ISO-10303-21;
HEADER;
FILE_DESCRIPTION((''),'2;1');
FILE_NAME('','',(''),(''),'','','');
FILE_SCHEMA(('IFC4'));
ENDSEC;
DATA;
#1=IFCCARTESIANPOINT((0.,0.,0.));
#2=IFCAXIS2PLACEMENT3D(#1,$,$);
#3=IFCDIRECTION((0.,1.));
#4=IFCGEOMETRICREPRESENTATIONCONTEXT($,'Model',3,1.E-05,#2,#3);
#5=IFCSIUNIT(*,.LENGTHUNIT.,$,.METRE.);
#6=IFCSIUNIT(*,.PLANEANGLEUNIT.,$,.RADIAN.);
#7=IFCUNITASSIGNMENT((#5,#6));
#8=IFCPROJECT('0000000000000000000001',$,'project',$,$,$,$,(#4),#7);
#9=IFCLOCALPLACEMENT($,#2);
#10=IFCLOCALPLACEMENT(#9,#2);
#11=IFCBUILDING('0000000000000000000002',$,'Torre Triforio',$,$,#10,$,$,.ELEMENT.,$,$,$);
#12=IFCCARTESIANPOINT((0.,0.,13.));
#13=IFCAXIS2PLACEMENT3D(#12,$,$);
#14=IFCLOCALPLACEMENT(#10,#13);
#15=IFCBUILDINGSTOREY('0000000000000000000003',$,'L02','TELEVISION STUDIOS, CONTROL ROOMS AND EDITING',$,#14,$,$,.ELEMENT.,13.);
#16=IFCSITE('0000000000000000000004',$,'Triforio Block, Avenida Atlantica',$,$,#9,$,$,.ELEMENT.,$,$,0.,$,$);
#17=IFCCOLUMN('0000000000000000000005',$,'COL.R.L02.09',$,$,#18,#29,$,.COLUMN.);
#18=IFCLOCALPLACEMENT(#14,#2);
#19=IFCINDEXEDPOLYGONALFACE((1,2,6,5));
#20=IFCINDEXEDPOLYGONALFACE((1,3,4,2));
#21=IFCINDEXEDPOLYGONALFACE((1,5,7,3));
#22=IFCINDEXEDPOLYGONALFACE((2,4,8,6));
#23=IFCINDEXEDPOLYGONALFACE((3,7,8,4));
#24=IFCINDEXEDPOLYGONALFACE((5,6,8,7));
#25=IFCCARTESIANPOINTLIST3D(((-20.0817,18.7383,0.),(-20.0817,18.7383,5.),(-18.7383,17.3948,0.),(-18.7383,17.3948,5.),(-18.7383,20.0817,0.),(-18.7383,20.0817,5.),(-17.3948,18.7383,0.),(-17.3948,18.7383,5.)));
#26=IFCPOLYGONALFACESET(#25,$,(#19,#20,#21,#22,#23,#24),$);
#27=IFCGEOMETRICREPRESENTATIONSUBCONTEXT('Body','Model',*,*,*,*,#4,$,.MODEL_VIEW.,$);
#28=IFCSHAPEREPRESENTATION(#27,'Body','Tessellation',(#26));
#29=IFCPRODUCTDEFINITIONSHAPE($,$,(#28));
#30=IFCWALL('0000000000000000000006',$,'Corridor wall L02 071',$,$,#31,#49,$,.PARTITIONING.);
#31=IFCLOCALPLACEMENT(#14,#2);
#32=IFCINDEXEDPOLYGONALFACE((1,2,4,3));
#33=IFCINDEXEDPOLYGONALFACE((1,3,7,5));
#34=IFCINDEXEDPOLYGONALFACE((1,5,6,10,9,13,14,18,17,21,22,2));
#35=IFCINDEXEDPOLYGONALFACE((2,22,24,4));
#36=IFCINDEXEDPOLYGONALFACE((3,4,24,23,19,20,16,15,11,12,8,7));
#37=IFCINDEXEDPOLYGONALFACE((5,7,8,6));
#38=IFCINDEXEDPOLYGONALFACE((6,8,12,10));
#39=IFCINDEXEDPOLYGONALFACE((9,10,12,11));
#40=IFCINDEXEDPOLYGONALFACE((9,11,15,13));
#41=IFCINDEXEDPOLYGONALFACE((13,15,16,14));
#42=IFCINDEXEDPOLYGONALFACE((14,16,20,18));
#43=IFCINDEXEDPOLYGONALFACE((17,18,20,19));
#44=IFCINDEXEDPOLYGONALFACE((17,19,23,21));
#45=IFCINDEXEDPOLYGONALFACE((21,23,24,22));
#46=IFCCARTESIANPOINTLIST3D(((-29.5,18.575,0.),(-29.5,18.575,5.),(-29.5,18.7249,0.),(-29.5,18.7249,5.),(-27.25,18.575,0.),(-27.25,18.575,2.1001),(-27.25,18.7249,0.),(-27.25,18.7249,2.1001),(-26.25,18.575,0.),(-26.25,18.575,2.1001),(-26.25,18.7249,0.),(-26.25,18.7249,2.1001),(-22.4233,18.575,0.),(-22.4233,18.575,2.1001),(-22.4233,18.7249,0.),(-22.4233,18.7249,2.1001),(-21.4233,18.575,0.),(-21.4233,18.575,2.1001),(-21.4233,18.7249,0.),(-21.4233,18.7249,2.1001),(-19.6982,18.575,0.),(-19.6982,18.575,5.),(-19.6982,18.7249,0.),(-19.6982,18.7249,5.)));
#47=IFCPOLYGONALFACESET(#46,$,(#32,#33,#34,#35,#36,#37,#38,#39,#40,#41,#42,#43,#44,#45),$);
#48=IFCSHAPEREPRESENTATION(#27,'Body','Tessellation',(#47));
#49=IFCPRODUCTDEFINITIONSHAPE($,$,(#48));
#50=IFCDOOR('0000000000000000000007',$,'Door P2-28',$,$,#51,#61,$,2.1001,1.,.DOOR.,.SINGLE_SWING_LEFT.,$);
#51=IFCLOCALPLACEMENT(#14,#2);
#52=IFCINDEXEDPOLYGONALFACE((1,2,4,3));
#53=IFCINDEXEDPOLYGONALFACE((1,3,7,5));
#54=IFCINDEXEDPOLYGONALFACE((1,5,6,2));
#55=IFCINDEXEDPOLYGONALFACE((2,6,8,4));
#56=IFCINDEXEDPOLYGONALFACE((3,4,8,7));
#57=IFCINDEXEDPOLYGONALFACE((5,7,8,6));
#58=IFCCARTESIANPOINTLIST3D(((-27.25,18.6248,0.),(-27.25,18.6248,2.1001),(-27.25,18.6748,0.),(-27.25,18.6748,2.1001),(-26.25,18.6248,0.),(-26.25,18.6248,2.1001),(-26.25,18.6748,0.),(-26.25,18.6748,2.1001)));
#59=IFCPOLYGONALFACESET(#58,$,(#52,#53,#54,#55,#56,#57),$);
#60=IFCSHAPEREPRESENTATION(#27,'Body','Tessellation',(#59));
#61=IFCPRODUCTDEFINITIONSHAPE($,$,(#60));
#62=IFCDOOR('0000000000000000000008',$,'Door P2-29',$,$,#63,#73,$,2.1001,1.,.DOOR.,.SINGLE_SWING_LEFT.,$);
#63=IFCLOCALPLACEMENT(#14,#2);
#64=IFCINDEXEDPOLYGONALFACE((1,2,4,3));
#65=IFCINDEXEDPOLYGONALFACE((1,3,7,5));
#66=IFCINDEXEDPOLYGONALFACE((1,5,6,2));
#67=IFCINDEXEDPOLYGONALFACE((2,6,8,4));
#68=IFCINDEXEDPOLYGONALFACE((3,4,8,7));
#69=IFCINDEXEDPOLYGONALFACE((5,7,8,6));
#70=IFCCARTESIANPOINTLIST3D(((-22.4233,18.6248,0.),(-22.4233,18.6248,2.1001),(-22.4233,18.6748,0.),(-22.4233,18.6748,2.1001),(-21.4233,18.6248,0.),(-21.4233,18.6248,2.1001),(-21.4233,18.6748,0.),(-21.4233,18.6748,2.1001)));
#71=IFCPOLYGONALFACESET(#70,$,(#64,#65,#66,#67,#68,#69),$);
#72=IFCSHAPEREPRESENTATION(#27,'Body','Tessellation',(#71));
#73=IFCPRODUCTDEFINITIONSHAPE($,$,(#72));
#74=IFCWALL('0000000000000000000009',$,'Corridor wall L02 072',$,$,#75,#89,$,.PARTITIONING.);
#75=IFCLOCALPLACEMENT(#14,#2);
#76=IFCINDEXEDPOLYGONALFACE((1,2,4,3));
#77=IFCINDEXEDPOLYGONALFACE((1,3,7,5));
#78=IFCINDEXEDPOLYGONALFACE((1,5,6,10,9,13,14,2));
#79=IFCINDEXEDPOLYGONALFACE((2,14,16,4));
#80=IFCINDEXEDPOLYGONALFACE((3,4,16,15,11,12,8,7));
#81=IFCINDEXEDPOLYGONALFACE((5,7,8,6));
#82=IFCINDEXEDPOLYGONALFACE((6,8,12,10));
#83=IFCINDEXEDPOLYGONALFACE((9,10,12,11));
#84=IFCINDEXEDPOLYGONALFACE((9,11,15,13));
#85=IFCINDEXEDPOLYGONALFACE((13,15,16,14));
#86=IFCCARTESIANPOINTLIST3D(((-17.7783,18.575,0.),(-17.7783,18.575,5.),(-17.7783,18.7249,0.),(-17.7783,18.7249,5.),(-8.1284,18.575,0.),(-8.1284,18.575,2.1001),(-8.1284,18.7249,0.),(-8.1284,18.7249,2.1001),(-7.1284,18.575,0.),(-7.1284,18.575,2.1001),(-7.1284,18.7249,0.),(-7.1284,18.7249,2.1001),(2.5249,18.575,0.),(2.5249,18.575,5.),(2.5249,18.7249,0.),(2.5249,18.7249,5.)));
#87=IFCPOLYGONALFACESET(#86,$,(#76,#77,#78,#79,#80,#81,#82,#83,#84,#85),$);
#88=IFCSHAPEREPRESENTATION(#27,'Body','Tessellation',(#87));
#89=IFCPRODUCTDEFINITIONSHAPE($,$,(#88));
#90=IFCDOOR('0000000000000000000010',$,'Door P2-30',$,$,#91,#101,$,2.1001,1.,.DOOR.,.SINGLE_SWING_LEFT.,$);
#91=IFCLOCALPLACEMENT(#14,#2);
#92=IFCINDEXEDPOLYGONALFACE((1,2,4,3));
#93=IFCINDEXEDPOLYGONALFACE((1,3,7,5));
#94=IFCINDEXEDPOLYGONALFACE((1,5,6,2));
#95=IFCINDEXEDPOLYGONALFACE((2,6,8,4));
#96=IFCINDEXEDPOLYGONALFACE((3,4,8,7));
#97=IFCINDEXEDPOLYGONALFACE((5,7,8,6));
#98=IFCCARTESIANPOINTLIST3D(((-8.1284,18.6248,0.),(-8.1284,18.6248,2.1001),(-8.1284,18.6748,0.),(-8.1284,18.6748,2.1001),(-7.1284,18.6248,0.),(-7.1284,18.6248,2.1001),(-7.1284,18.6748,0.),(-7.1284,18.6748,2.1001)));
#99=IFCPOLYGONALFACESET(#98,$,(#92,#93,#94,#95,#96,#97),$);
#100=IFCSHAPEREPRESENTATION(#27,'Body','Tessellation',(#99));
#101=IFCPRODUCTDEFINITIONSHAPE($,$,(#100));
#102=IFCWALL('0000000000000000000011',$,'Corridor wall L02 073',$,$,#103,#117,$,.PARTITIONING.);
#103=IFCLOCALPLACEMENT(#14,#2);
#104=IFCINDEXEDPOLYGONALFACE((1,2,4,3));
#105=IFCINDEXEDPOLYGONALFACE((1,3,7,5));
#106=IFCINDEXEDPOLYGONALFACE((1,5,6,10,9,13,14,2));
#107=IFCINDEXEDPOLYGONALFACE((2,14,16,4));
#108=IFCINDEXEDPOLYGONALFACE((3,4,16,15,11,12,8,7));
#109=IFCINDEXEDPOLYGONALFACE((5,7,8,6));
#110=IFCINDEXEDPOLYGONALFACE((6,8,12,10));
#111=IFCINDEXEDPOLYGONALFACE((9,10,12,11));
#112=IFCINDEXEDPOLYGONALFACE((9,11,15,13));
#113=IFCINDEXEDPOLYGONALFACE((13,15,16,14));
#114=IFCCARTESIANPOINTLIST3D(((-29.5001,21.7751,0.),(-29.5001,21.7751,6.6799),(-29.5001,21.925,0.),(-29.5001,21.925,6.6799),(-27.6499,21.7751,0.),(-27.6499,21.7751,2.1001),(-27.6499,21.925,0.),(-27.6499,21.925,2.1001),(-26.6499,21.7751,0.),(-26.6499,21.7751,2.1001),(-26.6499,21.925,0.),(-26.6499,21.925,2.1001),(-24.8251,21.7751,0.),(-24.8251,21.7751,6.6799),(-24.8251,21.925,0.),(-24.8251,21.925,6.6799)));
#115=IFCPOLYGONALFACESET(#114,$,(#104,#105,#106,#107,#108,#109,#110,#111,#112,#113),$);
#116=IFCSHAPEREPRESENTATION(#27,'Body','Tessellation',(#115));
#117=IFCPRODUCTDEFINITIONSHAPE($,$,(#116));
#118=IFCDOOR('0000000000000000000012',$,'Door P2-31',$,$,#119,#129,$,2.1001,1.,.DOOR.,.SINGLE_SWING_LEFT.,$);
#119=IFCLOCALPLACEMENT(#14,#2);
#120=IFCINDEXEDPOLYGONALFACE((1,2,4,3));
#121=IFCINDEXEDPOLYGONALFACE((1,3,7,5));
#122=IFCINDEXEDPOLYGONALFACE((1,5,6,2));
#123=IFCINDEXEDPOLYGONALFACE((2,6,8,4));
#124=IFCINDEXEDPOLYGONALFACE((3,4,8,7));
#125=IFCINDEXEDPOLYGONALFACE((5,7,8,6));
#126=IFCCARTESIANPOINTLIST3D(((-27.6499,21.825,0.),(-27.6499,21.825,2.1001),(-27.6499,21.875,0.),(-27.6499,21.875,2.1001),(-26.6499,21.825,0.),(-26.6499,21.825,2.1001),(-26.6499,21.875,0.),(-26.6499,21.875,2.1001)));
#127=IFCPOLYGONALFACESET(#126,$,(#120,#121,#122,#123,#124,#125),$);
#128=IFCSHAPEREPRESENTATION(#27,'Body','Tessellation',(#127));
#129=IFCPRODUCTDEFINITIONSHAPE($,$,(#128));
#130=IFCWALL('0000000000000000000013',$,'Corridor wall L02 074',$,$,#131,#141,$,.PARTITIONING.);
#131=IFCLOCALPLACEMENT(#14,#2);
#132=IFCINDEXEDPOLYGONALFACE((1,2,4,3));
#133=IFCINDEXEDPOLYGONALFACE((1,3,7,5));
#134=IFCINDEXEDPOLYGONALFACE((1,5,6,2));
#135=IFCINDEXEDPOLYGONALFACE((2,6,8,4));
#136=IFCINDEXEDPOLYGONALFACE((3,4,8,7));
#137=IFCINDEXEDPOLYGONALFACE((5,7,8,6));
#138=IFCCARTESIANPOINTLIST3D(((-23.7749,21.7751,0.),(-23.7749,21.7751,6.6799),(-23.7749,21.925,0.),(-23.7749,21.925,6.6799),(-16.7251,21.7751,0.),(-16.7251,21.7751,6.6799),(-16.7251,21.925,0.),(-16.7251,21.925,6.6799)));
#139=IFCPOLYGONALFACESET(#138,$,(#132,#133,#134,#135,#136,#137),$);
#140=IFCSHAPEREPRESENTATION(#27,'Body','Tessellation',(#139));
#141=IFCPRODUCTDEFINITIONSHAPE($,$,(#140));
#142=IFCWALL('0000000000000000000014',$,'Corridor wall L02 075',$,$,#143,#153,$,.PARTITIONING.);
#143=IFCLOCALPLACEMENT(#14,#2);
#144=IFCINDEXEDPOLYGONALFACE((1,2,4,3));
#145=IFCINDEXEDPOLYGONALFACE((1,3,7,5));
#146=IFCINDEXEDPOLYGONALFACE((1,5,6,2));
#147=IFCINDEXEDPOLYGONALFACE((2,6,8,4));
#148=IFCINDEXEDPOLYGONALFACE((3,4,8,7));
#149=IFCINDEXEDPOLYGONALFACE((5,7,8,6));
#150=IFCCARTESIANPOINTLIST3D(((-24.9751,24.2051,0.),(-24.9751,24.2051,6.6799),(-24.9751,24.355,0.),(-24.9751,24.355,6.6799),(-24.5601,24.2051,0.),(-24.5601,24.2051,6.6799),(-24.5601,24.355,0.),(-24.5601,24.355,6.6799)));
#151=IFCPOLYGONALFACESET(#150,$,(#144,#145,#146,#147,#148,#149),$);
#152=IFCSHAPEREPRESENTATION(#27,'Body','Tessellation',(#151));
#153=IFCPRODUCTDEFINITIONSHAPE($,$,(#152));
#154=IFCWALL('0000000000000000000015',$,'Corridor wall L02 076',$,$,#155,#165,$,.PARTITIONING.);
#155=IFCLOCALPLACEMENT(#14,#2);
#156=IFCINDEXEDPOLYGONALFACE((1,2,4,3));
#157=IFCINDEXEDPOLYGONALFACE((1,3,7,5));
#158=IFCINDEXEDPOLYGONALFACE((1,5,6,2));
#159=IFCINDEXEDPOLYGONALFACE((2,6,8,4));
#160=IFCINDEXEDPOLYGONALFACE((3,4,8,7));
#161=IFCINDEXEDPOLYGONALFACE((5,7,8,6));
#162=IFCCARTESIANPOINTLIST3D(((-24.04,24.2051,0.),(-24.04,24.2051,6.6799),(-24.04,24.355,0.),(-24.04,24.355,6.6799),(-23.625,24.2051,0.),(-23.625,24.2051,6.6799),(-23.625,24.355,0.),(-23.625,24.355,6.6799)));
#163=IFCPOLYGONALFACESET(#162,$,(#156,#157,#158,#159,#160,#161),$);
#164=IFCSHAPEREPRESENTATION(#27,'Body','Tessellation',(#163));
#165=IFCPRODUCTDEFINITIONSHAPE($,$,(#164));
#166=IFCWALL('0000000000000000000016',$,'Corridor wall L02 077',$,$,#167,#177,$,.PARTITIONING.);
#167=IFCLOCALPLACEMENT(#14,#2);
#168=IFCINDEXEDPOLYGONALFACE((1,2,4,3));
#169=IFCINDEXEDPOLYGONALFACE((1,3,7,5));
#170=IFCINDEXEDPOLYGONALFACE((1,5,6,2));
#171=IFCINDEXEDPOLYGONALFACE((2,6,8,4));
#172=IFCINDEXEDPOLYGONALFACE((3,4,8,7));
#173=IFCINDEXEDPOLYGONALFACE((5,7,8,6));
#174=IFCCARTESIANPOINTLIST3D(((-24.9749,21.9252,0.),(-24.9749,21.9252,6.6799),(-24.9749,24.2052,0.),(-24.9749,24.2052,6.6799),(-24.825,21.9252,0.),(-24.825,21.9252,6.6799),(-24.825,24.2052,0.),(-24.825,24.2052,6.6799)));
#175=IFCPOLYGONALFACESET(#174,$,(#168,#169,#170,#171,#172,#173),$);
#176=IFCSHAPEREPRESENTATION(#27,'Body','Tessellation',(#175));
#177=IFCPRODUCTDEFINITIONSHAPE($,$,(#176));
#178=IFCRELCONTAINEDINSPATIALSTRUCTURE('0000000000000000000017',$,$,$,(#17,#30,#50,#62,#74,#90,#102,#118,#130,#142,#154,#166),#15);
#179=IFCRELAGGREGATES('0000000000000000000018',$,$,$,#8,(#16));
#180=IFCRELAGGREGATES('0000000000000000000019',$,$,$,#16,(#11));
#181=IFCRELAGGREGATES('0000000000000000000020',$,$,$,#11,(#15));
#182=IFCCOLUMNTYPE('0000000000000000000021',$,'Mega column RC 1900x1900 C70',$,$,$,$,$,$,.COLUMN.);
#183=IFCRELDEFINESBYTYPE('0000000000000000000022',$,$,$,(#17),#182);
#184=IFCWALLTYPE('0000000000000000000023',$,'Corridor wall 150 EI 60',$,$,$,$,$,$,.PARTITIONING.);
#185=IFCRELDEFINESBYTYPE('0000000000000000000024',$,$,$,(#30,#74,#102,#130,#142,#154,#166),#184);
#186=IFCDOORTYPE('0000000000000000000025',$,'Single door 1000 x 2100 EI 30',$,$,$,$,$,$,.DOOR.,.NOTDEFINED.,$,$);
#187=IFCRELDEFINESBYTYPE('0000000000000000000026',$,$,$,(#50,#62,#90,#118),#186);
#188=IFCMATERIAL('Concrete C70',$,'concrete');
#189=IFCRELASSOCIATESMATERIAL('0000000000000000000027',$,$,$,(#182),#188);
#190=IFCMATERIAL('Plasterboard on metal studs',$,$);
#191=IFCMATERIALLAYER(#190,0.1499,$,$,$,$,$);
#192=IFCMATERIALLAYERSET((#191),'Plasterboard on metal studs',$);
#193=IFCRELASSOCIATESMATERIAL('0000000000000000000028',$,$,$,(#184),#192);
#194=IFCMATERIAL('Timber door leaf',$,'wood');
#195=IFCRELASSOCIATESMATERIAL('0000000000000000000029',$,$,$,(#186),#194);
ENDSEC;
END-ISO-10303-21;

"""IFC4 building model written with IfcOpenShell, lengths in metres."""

from ifc_helpers import new_model, si_unit, direction, frame, frame_2d, origin, origin_2d, place, context, subcontext, project, spatial, rectangle, extrude, material, layer, layer_set, material_profile, profile_set, type_object, element, fill, save


model = new_model("IFC4")

# Units and contexts
model_context = context("Model", 3, precision=1e-05, world=origin(), true_north=direction((0.0, 1.0)))
body_context = subcontext(model_context, "Body", "Model", "MODEL_VIEW")
ifc_project = project(units=[si_unit("LENGTHUNIT", "METRE"), si_unit("PLANEANGLEUNIT", "RADIAN")], contexts=[model_context])

# Site, building, storey
site_placement = place(None, origin())
site = spatial("IfcSite", under=ifc_project, at=site_placement, Name="Triforio Block, Avenida Atlantica", CompositionType="ELEMENT", RefElevation=0.0)
building_placement = place(site_placement, origin())
building = spatial("IfcBuilding", under=site, at=building_placement, Name="Torre Triforio", CompositionType="ELEMENT")
storey_placement = place(building_placement, frame((0.0, 0.0, 13.0)))
storey = spatial("IfcBuildingStorey", under=building, at=storey_placement, Name="L02", Description="TELEVISION STUDIOS, CONTROL ROOMS AND EDITING", CompositionType="ELEMENT", Elevation=13.0)

# Column
ifc_material_1 = material(Name="Concrete C70", Category="concrete")
ifc_material_profile = material_profile(ifc_material_1, rectangle(XDim=1.8999, YDim=1.8999, at=origin_2d()), Name="RC 1900x1900")
ifc_profile_set = profile_set([ifc_material_profile], Name="Concrete C70")
column_type = type_object("IfcColumnType", Name="Mega column RC 1900x1900 C70", PredefinedType="COLUMN", material=ifc_profile_set)
column_placement = place(storey_placement, frame((-18.7383, 18.7383, 0.0), z_axis=(0.0, 0.0, 1.0), x_axis=(-0.707107, -0.707107, 0.0)))
element("IfcColumn", 1, at=column_placement, inside=storey, type_object=column_type, Name="COL.R.L02.09", PredefinedType="COLUMN", context=body_context, shape_type="SweptSolid", body=[
    extrude(rectangle(XDim=1.8999, YDim=1.8999, at=origin_2d()), origin(), (0.0, 0.0, 1.0), 5.0),
])

# Wall, openings, doors
ifc_material_2 = material(Name="Plasterboard on metal studs")
ifc_layer_1 = layer(ifc_material_2, 0.1499)
ifc_layer_set_1 = layer_set([ifc_layer_1], Name="Plasterboard on metal studs")
wall_type_1 = type_object("IfcWallType", Name="Corridor wall 150 EI 60", PredefinedType="PARTITIONING", material=ifc_layer_set_1)
wall_1_placement = place(storey_placement, frame((-29.5, 18.6499, 0.0), z_axis=(0.0, 0.0, 1.0), x_axis=(1.0, 0.0, 0.0)))
wall_1 = element("IfcWall", 2, at=wall_1_placement, inside=storey, type_object=wall_type_1, Name="Corridor wall L02 071", PredefinedType="PARTITIONING", context=body_context, shape_type="SweptSolid", body=[
    extrude(rectangle(XDim=9.8018, YDim=0.1499, at=frame_2d((4.9009, 0.0))), origin(), (0.0, 0.0, 1.0), 5.0),
])
opening_1_placement = place(wall_1_placement, frame((2.25, 0.0, 0.0)))
opening_1 = element("IfcOpeningElement", 3, at=opening_1_placement, cuts=wall_1, PredefinedType="OPENING", context=body_context, shape_type="SweptSolid", body=[
    extrude(rectangle(XDim=1.0, YDim=2.1001, at=frame_2d((0.5, 1.05))), frame((0.0, 0.085, 0.0), z_axis=(0.0, -1.0, 0.0), x_axis=(1.0, 0.0, 0.0)), (0.0, 0.0, 1.0), 0.1699),
])
opening_2_placement = place(wall_1_placement, frame((7.0767, 0.0, 0.0)))
opening_2 = element("IfcOpeningElement", 4, at=opening_2_placement, cuts=wall_1, PredefinedType="OPENING", context=body_context, shape_type="SweptSolid", body=[
    extrude(rectangle(XDim=1.0, YDim=2.1001, at=frame_2d((0.5, 1.05))), frame((0.0, 0.085, 0.0), z_axis=(0.0, -1.0, 0.0), x_axis=(1.0, 0.0, 0.0)), (0.0, 0.0, 1.0), 0.1699),
])
ifc_material_3 = material(Name="Timber door leaf", Category="wood")
door_type = type_object("IfcDoorType", Name="Single door 1000 x 2100 EI 30", OperationType="NOTDEFINED", PredefinedType="DOOR", material=ifc_material_3)
door_1_placement = place(opening_1_placement, origin())
door_1 = element("IfcDoor", 5, at=door_1_placement, inside=storey, type_object=door_type, Name="Door P2-28", OperationType="SINGLE_SWING_LEFT", OverallHeight=2.1001, OverallWidth=1.0, PredefinedType="DOOR", context=body_context, shape_type="SweptSolid", body=[
    extrude(rectangle(XDim=1.0, YDim=2.1001, at=frame_2d((0.5, 1.05))), frame((0.0, 0.0249, 0.0), z_axis=(0.0, -1.0, 0.0), x_axis=(1.0, 0.0, 0.0)), (0.0, 0.0, 1.0), 0.05),
])
fill(opening_1, door_1)
door_2_placement = place(opening_2_placement, origin())
door_2 = element("IfcDoor", 6, at=door_2_placement, inside=storey, type_object=door_type, Name="Door P2-29", OperationType="SINGLE_SWING_LEFT", OverallHeight=2.1001, OverallWidth=1.0, PredefinedType="DOOR", context=body_context, shape_type="SweptSolid", body=[
    extrude(rectangle(XDim=1.0, YDim=2.1001, at=frame_2d((0.5, 1.05))), frame((0.0, 0.0249, 0.0), z_axis=(0.0, -1.0, 0.0), x_axis=(1.0, 0.0, 0.0)), (0.0, 0.0, 1.0), 0.05),
])
fill(opening_2, door_2)

# Walls, openings, doors
wall_2_placement = place(storey_placement, frame((-17.7783, 18.6499, 0.0), z_axis=(0.0, 0.0, 1.0), x_axis=(1.0, 0.0, 0.0)))
wall_2 = element("IfcWall", 7, at=wall_2_placement, inside=storey, type_object=wall_type_1, Name="Corridor wall L02 072", PredefinedType="PARTITIONING", context=body_context, shape_type="SweptSolid", body=[
    extrude(rectangle(XDim=20.3032, YDim=0.1499, at=frame_2d((10.1516, 0.0))), origin(), (0.0, 0.0, 1.0), 5.0),
])
opening_3_placement = place(wall_2_placement, frame((9.6499, 0.0, 0.0)))
opening_3 = element("IfcOpeningElement", 8, at=opening_3_placement, cuts=wall_2, PredefinedType="OPENING", context=body_context, shape_type="SweptSolid", body=[
    extrude(rectangle(XDim=1.0, YDim=2.1001, at=frame_2d((0.5, 1.05))), frame((0.0, 0.085, 0.0), z_axis=(0.0, -1.0, 0.0), x_axis=(1.0, 0.0, 0.0)), (0.0, 0.0, 1.0), 0.1699),
])
door_3_placement = place(opening_3_placement, origin())
door_3 = element("IfcDoor", 9, at=door_3_placement, inside=storey, type_object=door_type, Name="Door P2-30", OperationType="SINGLE_SWING_LEFT", OverallHeight=2.1001, OverallWidth=1.0, PredefinedType="DOOR", context=body_context, shape_type="SweptSolid", body=[
    extrude(rectangle(XDim=1.0, YDim=2.1001, at=frame_2d((0.5, 1.05))), frame((0.0, 0.0249, 0.0), z_axis=(0.0, -1.0, 0.0), x_axis=(1.0, 0.0, 0.0)), (0.0, 0.0, 1.0), 0.05),
])
fill(opening_3, door_3)
wall_3_placement = place(storey_placement, frame((-29.5, 21.8501, 0.0), z_axis=(0.0, 0.0, 1.0), x_axis=(1.0, 0.0, 0.0)))
wall_3 = element("IfcWall", 10, at=wall_3_placement, inside=storey, type_object=wall_type_1, Name="Corridor wall L02 073", PredefinedType="PARTITIONING", context=body_context, shape_type="SweptSolid", body=[
    extrude(rectangle(XDim=4.675, YDim=0.1499, at=frame_2d((2.3374, 0.0))), origin(), (0.0, 0.0, 1.0), 6.6799),
])
opening_4_placement = place(wall_3_placement, frame((1.8501, 0.0, 0.0)))
opening_4 = element("IfcOpeningElement", 11, at=opening_4_placement, cuts=wall_3, PredefinedType="OPENING", context=body_context, shape_type="SweptSolid", body=[
    extrude(rectangle(XDim=1.0, YDim=2.1001, at=frame_2d((0.5, 1.05))), frame((0.0, 0.085, 0.0), z_axis=(0.0, -1.0, 0.0), x_axis=(1.0, 0.0, 0.0)), (0.0, 0.0, 1.0), 0.1699),
])
door_4_placement = place(opening_4_placement, origin())
door_4 = element("IfcDoor", 12, at=door_4_placement, inside=storey, type_object=door_type, Name="Door P2-31", OperationType="SINGLE_SWING_LEFT", OverallHeight=2.1001, OverallWidth=1.0, PredefinedType="DOOR", context=body_context, shape_type="SweptSolid", body=[
    extrude(rectangle(XDim=1.0, YDim=2.1001, at=frame_2d((0.5, 1.05))), frame((0.0, 0.0249, 0.0), z_axis=(0.0, -1.0, 0.0), x_axis=(1.0, 0.0, 0.0)), (0.0, 0.0, 1.0), 0.05),
])
fill(opening_4, door_4)

# Walls
wall_4_placement = place(storey_placement, frame((-23.7749, 21.8501, 0.0), z_axis=(0.0, 0.0, 1.0), x_axis=(1.0, 0.0, 0.0)))
element("IfcWall", 13, at=wall_4_placement, inside=storey, type_object=wall_type_1, Name="Corridor wall L02 074", PredefinedType="PARTITIONING", context=body_context, shape_type="SweptSolid", body=[
    extrude(rectangle(XDim=7.0498, YDim=0.1499, at=frame_2d((3.5249, 0.0))), origin(), (0.0, 0.0, 1.0), 6.6799),
])
for number, where, z_axis, x_axis, name in (
    (14, (-24.9751, 24.28, 0.0), (0.0, 0.0, 1.0), (1.0, 0.0, 0.0), "Corridor wall L02 075"),
    (15, (-24.04, 24.28, 0.0), (0.0, 0.0, 1.0), (1.0, 0.0, 0.0), "Corridor wall L02 076"),
):
    element("IfcWall", number, at=place(storey_placement, frame(where, z_axis=z_axis, x_axis=x_axis)), inside=storey, type_object=wall_type_1, Name=name, PredefinedType="PARTITIONING", context=body_context, shape_type="SweptSolid", body=[
        extrude(rectangle(XDim=0.415, YDim=0.1499, at=frame_2d((0.2075, 0.0))), origin(), (0.0, 0.0, 1.0), 6.6799),
    ])
for number, where, z_axis, x_axis, name in (
    (16, (-24.8999, 21.925, 0.0), (0.0, 0.0, 1.0), (0.0, 1.0, 0.0), "Corridor wall L02 077"),
):
    element("IfcWall", number, at=place(storey_placement, frame(where, z_axis=z_axis, x_axis=x_axis)), inside=storey, type_object=wall_type_1, Name=name, PredefinedType="PARTITIONING", context=body_context, shape_type="SweptSolid", body=[
        extrude(rectangle(XDim=2.28, YDim=0.1499, at=frame_2d((1.1401, 0.0))), origin(), (0.0, 0.0, 1.0), 6.6799),
    ])

save(model, "model.ifc")
